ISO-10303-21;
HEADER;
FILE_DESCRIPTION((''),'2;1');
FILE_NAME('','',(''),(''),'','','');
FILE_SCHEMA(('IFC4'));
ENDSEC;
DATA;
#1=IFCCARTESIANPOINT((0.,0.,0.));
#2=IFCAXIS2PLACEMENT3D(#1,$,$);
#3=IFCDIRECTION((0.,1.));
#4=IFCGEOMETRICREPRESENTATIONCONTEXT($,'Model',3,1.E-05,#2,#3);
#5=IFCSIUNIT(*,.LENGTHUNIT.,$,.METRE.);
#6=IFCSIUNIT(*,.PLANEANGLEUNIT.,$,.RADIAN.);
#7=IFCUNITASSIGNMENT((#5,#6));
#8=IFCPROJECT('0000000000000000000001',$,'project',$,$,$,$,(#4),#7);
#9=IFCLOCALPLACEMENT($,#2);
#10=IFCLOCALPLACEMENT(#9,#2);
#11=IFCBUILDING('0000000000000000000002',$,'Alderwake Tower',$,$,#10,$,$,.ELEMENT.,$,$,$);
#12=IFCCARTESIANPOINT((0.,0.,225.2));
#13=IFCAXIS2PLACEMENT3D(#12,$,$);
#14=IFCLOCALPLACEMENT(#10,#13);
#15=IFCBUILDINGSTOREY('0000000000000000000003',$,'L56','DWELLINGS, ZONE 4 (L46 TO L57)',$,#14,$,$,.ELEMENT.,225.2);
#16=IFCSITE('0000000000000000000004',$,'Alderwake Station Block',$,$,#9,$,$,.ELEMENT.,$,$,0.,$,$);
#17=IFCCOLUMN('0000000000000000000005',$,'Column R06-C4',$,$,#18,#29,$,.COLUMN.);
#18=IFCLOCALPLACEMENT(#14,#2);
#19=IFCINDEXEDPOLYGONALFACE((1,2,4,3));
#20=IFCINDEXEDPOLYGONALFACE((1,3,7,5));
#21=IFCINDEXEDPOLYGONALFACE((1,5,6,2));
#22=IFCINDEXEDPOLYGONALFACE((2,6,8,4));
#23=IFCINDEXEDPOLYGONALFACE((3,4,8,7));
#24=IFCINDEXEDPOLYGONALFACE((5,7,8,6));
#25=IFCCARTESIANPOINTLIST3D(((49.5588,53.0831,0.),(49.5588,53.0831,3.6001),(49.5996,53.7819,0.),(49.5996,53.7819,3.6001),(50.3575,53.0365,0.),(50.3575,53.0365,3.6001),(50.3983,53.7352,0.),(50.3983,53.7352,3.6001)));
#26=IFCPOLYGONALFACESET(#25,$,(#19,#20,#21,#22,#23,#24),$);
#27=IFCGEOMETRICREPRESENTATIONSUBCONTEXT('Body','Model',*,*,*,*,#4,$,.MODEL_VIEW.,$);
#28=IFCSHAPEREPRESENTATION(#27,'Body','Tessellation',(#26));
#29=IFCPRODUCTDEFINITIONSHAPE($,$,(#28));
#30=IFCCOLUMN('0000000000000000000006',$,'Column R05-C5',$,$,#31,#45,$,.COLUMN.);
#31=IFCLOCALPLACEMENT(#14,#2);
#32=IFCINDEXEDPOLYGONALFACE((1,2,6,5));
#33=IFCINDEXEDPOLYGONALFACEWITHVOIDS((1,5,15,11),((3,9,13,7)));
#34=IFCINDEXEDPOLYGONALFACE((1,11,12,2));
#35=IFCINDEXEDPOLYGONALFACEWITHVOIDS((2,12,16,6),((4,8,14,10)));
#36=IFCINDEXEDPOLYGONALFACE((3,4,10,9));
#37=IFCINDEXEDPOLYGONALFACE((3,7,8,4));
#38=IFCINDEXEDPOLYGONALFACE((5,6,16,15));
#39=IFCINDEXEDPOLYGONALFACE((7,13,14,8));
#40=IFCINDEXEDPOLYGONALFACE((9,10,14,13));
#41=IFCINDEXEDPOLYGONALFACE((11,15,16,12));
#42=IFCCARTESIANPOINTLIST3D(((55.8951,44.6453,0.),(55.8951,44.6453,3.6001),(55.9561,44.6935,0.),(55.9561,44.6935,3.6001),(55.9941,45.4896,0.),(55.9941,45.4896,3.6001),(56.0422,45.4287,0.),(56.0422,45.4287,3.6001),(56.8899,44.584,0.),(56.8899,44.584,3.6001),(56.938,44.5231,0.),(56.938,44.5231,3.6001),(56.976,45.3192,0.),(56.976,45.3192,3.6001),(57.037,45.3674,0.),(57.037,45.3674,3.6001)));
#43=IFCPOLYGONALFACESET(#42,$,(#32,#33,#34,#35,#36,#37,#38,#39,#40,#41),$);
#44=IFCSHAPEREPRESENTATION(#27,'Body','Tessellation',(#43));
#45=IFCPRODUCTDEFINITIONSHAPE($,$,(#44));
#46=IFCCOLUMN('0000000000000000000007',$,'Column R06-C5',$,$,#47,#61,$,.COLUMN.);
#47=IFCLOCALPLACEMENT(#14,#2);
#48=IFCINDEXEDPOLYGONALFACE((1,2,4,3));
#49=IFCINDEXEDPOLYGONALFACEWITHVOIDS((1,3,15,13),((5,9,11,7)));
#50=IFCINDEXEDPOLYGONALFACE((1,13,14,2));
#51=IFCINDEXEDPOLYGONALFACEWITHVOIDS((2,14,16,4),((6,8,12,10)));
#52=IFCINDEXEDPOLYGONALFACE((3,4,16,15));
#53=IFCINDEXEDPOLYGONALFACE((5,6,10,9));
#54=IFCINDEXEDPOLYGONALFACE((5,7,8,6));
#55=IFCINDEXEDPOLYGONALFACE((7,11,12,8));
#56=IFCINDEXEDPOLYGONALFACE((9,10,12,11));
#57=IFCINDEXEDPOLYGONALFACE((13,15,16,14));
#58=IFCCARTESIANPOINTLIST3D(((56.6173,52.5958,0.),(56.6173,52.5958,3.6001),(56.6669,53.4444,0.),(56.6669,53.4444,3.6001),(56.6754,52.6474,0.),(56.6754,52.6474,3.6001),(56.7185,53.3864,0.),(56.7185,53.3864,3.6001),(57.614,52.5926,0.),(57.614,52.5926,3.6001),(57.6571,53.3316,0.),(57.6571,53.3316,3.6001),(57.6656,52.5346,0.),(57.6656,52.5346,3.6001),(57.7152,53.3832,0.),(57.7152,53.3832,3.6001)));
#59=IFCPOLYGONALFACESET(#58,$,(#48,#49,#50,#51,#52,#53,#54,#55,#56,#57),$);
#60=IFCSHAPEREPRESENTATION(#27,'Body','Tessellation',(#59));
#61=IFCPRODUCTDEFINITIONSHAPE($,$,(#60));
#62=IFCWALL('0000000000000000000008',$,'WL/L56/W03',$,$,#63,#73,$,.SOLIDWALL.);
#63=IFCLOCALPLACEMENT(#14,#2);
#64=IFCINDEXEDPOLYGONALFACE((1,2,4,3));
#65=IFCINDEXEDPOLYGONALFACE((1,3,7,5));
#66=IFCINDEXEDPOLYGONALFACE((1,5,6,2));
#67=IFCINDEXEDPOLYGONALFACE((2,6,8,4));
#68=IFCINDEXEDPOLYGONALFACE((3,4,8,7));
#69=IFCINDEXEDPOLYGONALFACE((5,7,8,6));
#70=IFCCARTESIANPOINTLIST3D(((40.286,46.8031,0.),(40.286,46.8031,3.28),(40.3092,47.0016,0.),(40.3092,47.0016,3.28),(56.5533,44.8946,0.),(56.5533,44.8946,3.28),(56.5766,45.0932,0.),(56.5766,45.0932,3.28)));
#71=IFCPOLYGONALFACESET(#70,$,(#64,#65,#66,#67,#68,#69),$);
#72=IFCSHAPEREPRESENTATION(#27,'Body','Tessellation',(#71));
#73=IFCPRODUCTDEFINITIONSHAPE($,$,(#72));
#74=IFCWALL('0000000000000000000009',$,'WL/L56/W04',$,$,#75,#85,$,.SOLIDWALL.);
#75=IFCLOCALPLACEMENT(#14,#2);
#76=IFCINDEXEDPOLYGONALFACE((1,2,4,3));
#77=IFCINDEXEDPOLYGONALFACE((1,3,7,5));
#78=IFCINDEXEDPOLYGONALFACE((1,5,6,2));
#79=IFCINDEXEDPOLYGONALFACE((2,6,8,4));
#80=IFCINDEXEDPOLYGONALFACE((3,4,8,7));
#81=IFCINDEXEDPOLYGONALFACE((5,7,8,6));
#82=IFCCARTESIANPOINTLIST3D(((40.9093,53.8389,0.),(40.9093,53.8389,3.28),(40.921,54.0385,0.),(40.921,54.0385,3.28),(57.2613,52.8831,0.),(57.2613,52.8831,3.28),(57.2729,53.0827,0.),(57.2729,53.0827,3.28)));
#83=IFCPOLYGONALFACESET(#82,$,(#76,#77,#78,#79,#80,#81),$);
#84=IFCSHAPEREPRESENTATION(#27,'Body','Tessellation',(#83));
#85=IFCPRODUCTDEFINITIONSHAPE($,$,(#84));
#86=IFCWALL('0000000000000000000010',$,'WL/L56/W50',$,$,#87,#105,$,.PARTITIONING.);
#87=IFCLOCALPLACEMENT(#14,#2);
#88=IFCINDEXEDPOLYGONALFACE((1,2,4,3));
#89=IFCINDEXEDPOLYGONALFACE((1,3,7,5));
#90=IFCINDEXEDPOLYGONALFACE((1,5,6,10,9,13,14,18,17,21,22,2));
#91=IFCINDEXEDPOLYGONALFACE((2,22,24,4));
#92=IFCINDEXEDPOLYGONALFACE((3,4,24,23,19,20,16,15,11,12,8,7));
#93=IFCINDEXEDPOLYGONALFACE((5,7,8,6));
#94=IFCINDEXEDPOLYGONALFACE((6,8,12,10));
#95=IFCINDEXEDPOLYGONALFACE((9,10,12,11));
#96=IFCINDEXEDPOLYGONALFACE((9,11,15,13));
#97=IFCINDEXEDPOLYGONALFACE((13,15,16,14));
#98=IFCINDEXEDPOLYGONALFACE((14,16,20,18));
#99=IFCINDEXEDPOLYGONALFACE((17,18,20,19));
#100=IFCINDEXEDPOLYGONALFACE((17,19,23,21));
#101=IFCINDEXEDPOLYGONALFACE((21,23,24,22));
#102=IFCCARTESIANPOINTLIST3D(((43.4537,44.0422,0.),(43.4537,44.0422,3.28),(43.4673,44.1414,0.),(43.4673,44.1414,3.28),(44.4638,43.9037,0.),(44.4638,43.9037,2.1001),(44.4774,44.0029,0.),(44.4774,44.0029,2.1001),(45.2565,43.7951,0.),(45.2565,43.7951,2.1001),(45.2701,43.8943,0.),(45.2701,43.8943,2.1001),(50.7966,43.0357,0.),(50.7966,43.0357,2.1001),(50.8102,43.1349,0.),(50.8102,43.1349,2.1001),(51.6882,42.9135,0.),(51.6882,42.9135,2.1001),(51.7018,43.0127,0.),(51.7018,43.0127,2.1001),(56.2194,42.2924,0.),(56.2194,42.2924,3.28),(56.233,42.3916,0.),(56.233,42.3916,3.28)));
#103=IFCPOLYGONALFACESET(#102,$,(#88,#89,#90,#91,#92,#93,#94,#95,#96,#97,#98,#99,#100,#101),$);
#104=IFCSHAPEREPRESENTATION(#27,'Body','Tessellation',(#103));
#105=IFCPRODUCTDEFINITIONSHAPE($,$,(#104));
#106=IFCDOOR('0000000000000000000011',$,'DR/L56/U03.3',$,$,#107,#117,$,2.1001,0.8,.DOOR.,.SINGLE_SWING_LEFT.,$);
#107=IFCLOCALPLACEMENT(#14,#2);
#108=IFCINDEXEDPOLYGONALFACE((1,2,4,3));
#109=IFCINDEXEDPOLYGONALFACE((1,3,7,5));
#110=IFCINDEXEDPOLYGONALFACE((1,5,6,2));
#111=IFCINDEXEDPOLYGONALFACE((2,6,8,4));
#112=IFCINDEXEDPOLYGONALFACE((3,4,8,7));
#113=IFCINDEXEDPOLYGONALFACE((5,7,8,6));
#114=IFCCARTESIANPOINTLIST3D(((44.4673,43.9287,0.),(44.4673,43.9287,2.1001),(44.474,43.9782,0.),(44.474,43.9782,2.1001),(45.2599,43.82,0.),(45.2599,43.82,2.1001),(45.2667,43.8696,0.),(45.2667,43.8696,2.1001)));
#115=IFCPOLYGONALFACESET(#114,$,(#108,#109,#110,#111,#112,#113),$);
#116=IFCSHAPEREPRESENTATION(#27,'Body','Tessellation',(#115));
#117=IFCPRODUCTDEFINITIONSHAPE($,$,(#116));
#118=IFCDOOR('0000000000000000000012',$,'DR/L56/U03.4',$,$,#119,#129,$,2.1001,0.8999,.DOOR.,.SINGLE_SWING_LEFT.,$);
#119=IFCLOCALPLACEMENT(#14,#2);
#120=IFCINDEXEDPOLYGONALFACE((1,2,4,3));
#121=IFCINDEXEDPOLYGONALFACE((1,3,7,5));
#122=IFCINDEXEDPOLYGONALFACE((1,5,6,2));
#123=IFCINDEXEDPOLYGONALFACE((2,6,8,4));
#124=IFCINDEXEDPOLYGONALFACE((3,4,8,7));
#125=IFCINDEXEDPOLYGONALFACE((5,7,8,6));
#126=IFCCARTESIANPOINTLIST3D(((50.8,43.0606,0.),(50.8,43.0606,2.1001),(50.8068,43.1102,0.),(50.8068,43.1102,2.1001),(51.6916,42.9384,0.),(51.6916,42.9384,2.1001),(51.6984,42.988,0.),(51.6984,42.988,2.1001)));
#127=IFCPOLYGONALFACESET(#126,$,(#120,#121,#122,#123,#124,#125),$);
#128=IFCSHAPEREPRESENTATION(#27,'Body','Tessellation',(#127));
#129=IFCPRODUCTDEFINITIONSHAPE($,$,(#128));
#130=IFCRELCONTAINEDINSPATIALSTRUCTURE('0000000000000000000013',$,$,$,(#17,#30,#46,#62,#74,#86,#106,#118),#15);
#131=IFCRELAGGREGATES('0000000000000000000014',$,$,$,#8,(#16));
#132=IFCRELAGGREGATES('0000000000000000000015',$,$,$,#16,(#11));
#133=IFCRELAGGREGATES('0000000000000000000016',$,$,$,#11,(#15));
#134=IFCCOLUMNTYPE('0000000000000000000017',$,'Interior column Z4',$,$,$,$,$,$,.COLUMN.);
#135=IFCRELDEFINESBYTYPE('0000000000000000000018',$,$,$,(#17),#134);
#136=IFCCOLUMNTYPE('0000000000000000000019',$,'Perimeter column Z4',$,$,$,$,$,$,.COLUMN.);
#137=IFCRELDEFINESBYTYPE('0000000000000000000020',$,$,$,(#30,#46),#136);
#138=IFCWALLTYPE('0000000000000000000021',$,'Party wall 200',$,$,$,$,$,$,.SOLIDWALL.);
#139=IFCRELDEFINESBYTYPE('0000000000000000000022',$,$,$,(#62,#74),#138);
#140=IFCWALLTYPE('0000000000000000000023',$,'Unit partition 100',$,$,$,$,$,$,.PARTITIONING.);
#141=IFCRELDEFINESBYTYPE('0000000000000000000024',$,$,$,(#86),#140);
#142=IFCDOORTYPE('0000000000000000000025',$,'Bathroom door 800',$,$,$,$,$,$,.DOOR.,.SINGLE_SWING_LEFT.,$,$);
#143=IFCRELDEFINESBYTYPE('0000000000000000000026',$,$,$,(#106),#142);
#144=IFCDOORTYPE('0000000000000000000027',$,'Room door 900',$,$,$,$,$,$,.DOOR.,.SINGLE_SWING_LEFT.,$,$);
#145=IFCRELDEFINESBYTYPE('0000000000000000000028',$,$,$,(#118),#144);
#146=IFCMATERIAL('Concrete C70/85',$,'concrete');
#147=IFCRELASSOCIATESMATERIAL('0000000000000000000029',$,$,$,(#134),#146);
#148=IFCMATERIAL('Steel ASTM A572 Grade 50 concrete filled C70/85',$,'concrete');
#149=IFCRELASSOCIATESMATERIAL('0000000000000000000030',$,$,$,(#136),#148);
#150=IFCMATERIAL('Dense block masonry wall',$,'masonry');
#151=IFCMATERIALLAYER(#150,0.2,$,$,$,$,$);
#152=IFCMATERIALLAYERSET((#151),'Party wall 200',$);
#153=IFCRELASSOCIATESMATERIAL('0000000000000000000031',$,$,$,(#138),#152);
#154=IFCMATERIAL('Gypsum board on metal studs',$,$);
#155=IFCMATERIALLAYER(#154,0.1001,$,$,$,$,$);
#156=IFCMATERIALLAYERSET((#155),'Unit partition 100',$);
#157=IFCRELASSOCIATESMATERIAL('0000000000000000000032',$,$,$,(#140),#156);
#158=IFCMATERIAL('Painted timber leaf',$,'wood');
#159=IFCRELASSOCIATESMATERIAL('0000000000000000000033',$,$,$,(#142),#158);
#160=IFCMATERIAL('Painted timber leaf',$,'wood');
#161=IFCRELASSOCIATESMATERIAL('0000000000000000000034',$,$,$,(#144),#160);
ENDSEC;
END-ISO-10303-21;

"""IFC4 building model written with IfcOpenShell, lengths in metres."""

from ifc_helpers import new_model, si_unit, direction, frame, frame_2d, origin, origin_2d, place, context, subcontext, project, spatial, rectangle, hollow_rectangle, extrude, material, layer, layer_set, material_profile, profile_set, type_object, element, fill, save


model = new_model("IFC4")

# Units and contexts
model_context = context("Model", 3, precision=1e-05, world=origin(), true_north=direction((0.0, 1.0)))
body_context = subcontext(model_context, "Body", "Model", "MODEL_VIEW")
ifc_project = project(units=[si_unit("LENGTHUNIT", "METRE"), si_unit("PLANEANGLEUNIT", "RADIAN")], contexts=[model_context])

# Site, building, storey
site_placement = place(None, origin())
site = spatial("IfcSite", under=ifc_project, at=site_placement, Name="Alderwake Station Block", CompositionType="ELEMENT", RefElevation=0.0)
building_placement = place(site_placement, origin())
building = spatial("IfcBuilding", under=site, at=building_placement, Name="Alderwake Tower", CompositionType="ELEMENT")
storey_placement = place(building_placement, frame((0.0, 0.0, 225.2)))
storey = spatial("IfcBuildingStorey", under=building, at=storey_placement, Name="L56", Description="DWELLINGS, ZONE 4 (L46 TO L57)", CompositionType="ELEMENT", Elevation=225.2)

# Columns
ifc_material_1 = material(Name="Concrete C70/85", Category="concrete")
ifc_material_profile_1 = material_profile(ifc_material_1, rectangle(XDim=0.7, YDim=0.8, at=origin_2d()), Name="RC 800X700")
ifc_profile_set_1 = profile_set([ifc_material_profile_1], Name="Concrete C70/85")
column_type_1 = type_object("IfcColumnType", Name="Interior column Z4", PredefinedType="COLUMN", material=ifc_profile_set_1)
column_placement = place(storey_placement, frame((49.9785, 53.4092, 0.0), z_axis=(0.0, 0.0, 1.0), x_axis=(0.058301, 0.998299, 0.0)))
element("IfcColumn", 1, at=column_placement, inside=storey, type_object=column_type_1, Name="Column R06-C4", PredefinedType="COLUMN", context=body_context, shape_type="SweptSolid", body=[
    extrude(rectangle(XDim=0.7, YDim=0.8, at=origin_2d()), origin(), (0.0, 0.0, 1.0), 3.6001),
])
ifc_material_2 = material(Name="Steel ASTM A572 Grade 50 concrete filled C70/85", Category="concrete")
ifc_material_profile_2 = material_profile(ifc_material_2, hollow_rectangle(XDim=0.8501, YDim=1.05, WallThickness=0.0549, at=origin_2d()), Name="BOX 1050X850X55")
ifc_profile_set_2 = profile_set([ifc_material_profile_2], Name="Steel ASTM A572 Grade 50 concrete filled C70/85")
column_type_2 = type_object("IfcColumnType", Name="Perimeter column Z4", PredefinedType="COLUMN", material=ifc_profile_set_2)
for number, where, z_axis, x_axis, name in (
    (2, (56.4661, 45.0063, 0.0), (0.0, 0.0, 1.0), (0.116402, 0.993202, 0.0), "Column R05-C5"),
    (3, (57.1663, 52.9895, 0.0), (0.0, 0.0, 1.0), (0.058301, 0.998299, 0.0), "Column R06-C5"),
):
    element("IfcColumn", number, at=place(storey_placement, frame(where, z_axis=z_axis, x_axis=x_axis)), inside=storey, type_object=column_type_2, Name=name, PredefinedType="COLUMN", context=body_context, shape_type="SweptSolid", body=[
        extrude(hollow_rectangle(XDim=0.8501, YDim=1.05, WallThickness=0.0549, at=origin_2d()), origin(), (0.0, 0.0, 1.0), 3.6001),
    ])

# Walls
ifc_material_3 = material(Name="Dense block masonry wall", Category="masonry")
ifc_layer_1 = layer(ifc_material_3, 0.2)
ifc_layer_set_1 = layer_set([ifc_layer_1], Name="Party wall 200")
wall_type_1 = type_object("IfcWallType", Name="Party wall 200", PredefinedType="SOLIDWALL", material=ifc_layer_set_1)
wall_1_placement = place(storey_placement, frame((56.5649, 44.9939, 0.0), z_axis=(0.0, 0.0, 1.0), x_axis=(-0.993189, 0.116519, 0.0)))
element("IfcWall", 4, at=wall_1_placement, inside=storey, type_object=wall_type_1, Name="WL/L56/W03", PredefinedType="SOLIDWALL", context=body_context, shape_type="SweptSolid", body=[
    extrude(rectangle(XDim=16.3789, YDim=0.2, at=frame_2d((8.1895, 0.0))), origin(), (0.0, 0.0, 1.0), 3.28),
])
wall_2_placement = place(storey_placement, frame((57.2671, 52.9829, 0.0), z_axis=(0.0, 0.0, 1.0), x_axis=(-0.998296, 0.058352, 0.0)))
element("IfcWall", 5, at=wall_2_placement, inside=storey, type_object=wall_type_1, Name="WL/L56/W04", PredefinedType="SOLIDWALL", context=body_context, shape_type="SweptSolid", body=[
    extrude(rectangle(XDim=16.3799, YDim=0.2, at=frame_2d((8.1899, 0.0))), origin(), (0.0, 0.0, 1.0), 3.28),
])

# Wall, openings, doors
ifc_material_4 = material(Name="Gypsum board on metal studs")
ifc_layer_2 = layer(ifc_material_4, 0.1001)
ifc_layer_set_2 = layer_set([ifc_layer_2], Name="Unit partition 100")
wall_type_2 = type_object("IfcWallType", Name="Unit partition 100", PredefinedType="PARTITIONING", material=ifc_layer_set_2)
wall_3_placement = place(storey_placement, frame((56.2261, 42.342, 0.0), z_axis=(0.0, 0.0, 1.0), x_axis=(-0.990737, 0.135798, 0.0)))
wall_3 = element("IfcWall", 6, at=wall_3_placement, inside=storey, type_object=wall_type_2, Name="WL/L56/W50", PredefinedType="PARTITIONING", context=body_context, shape_type="SweptSolid", body=[
    extrude(rectangle(XDim=12.885, YDim=0.1001, at=frame_2d((6.4424, 0.0))), origin(), (0.0, 0.0, 1.0), 3.28),
])
opening_1_placement = place(wall_3_placement, frame((11.0654, 0.0, 0.0)))
opening_1 = element("IfcOpeningElement", 7, at=opening_1_placement, cuts=wall_3, PredefinedType="OPENING", context=body_context, shape_type="SweptSolid", body=[
    extrude(rectangle(XDim=0.8, YDim=2.1001, at=frame_2d((0.3999, 1.05))), frame((0.0, 0.0601, 0.0), z_axis=(0.0, -1.0, 0.0), x_axis=(1.0, 0.0, 0.0)), (0.0, 0.0, 1.0), 0.1201),
])
opening_2_placement = place(wall_3_placement, frame((4.5735, 0.0, 0.0)))
opening_2 = element("IfcOpeningElement", 8, at=opening_2_placement, cuts=wall_3, PredefinedType="OPENING", context=body_context, shape_type="SweptSolid", body=[
    extrude(rectangle(XDim=0.8999, YDim=2.1001, at=frame_2d((0.45, 1.05))), frame((0.0, 0.0601, 0.0), z_axis=(0.0, -1.0, 0.0), x_axis=(1.0, 0.0, 0.0)), (0.0, 0.0, 1.0), 0.1201),
])
ifc_material_5 = material(Name="Painted timber leaf", Category="wood")
door_type_1 = type_object("IfcDoorType", Name="Bathroom door 800", OperationType="SINGLE_SWING_LEFT", PredefinedType="DOOR", material=ifc_material_5)
door_1_placement = place(opening_1_placement, origin())
door_1 = element("IfcDoor", 9, at=door_1_placement, inside=storey, type_object=door_type_1, Name="DR/L56/U03.3", OperationType="SINGLE_SWING_LEFT", OverallHeight=2.1001, OverallWidth=0.8, PredefinedType="DOOR", context=body_context, shape_type="SweptSolid", body=[
    extrude(rectangle(XDim=0.8, YDim=2.1001, at=frame_2d((0.3999, 1.05))), frame((0.0, 0.0249, 0.0), z_axis=(0.0, -1.0, 0.0), x_axis=(1.0, 0.0, 0.0)), (0.0, 0.0, 1.0), 0.05),
])
fill(opening_1, door_1)
ifc_material_6 = material(Name="Painted timber leaf", Category="wood")
door_type_2 = type_object("IfcDoorType", Name="Room door 900", OperationType="SINGLE_SWING_LEFT", PredefinedType="DOOR", material=ifc_material_6)
door_2_placement = place(opening_2_placement, origin())
door_2 = element("IfcDoor", 10, at=door_2_placement, inside=storey, type_object=door_type_2, Name="DR/L56/U03.4", OperationType="SINGLE_SWING_LEFT", OverallHeight=2.1001, OverallWidth=0.8999, PredefinedType="DOOR", context=body_context, shape_type="SweptSolid", body=[
    extrude(rectangle(XDim=0.8999, YDim=2.1001, at=frame_2d((0.45, 1.05))), frame((0.0, 0.0249, 0.0), z_axis=(0.0, -1.0, 0.0), x_axis=(1.0, 0.0, 0.0)), (0.0, 0.0, 1.0), 0.05),
])
fill(opening_2, door_2)

save(model, "model.ifc")
